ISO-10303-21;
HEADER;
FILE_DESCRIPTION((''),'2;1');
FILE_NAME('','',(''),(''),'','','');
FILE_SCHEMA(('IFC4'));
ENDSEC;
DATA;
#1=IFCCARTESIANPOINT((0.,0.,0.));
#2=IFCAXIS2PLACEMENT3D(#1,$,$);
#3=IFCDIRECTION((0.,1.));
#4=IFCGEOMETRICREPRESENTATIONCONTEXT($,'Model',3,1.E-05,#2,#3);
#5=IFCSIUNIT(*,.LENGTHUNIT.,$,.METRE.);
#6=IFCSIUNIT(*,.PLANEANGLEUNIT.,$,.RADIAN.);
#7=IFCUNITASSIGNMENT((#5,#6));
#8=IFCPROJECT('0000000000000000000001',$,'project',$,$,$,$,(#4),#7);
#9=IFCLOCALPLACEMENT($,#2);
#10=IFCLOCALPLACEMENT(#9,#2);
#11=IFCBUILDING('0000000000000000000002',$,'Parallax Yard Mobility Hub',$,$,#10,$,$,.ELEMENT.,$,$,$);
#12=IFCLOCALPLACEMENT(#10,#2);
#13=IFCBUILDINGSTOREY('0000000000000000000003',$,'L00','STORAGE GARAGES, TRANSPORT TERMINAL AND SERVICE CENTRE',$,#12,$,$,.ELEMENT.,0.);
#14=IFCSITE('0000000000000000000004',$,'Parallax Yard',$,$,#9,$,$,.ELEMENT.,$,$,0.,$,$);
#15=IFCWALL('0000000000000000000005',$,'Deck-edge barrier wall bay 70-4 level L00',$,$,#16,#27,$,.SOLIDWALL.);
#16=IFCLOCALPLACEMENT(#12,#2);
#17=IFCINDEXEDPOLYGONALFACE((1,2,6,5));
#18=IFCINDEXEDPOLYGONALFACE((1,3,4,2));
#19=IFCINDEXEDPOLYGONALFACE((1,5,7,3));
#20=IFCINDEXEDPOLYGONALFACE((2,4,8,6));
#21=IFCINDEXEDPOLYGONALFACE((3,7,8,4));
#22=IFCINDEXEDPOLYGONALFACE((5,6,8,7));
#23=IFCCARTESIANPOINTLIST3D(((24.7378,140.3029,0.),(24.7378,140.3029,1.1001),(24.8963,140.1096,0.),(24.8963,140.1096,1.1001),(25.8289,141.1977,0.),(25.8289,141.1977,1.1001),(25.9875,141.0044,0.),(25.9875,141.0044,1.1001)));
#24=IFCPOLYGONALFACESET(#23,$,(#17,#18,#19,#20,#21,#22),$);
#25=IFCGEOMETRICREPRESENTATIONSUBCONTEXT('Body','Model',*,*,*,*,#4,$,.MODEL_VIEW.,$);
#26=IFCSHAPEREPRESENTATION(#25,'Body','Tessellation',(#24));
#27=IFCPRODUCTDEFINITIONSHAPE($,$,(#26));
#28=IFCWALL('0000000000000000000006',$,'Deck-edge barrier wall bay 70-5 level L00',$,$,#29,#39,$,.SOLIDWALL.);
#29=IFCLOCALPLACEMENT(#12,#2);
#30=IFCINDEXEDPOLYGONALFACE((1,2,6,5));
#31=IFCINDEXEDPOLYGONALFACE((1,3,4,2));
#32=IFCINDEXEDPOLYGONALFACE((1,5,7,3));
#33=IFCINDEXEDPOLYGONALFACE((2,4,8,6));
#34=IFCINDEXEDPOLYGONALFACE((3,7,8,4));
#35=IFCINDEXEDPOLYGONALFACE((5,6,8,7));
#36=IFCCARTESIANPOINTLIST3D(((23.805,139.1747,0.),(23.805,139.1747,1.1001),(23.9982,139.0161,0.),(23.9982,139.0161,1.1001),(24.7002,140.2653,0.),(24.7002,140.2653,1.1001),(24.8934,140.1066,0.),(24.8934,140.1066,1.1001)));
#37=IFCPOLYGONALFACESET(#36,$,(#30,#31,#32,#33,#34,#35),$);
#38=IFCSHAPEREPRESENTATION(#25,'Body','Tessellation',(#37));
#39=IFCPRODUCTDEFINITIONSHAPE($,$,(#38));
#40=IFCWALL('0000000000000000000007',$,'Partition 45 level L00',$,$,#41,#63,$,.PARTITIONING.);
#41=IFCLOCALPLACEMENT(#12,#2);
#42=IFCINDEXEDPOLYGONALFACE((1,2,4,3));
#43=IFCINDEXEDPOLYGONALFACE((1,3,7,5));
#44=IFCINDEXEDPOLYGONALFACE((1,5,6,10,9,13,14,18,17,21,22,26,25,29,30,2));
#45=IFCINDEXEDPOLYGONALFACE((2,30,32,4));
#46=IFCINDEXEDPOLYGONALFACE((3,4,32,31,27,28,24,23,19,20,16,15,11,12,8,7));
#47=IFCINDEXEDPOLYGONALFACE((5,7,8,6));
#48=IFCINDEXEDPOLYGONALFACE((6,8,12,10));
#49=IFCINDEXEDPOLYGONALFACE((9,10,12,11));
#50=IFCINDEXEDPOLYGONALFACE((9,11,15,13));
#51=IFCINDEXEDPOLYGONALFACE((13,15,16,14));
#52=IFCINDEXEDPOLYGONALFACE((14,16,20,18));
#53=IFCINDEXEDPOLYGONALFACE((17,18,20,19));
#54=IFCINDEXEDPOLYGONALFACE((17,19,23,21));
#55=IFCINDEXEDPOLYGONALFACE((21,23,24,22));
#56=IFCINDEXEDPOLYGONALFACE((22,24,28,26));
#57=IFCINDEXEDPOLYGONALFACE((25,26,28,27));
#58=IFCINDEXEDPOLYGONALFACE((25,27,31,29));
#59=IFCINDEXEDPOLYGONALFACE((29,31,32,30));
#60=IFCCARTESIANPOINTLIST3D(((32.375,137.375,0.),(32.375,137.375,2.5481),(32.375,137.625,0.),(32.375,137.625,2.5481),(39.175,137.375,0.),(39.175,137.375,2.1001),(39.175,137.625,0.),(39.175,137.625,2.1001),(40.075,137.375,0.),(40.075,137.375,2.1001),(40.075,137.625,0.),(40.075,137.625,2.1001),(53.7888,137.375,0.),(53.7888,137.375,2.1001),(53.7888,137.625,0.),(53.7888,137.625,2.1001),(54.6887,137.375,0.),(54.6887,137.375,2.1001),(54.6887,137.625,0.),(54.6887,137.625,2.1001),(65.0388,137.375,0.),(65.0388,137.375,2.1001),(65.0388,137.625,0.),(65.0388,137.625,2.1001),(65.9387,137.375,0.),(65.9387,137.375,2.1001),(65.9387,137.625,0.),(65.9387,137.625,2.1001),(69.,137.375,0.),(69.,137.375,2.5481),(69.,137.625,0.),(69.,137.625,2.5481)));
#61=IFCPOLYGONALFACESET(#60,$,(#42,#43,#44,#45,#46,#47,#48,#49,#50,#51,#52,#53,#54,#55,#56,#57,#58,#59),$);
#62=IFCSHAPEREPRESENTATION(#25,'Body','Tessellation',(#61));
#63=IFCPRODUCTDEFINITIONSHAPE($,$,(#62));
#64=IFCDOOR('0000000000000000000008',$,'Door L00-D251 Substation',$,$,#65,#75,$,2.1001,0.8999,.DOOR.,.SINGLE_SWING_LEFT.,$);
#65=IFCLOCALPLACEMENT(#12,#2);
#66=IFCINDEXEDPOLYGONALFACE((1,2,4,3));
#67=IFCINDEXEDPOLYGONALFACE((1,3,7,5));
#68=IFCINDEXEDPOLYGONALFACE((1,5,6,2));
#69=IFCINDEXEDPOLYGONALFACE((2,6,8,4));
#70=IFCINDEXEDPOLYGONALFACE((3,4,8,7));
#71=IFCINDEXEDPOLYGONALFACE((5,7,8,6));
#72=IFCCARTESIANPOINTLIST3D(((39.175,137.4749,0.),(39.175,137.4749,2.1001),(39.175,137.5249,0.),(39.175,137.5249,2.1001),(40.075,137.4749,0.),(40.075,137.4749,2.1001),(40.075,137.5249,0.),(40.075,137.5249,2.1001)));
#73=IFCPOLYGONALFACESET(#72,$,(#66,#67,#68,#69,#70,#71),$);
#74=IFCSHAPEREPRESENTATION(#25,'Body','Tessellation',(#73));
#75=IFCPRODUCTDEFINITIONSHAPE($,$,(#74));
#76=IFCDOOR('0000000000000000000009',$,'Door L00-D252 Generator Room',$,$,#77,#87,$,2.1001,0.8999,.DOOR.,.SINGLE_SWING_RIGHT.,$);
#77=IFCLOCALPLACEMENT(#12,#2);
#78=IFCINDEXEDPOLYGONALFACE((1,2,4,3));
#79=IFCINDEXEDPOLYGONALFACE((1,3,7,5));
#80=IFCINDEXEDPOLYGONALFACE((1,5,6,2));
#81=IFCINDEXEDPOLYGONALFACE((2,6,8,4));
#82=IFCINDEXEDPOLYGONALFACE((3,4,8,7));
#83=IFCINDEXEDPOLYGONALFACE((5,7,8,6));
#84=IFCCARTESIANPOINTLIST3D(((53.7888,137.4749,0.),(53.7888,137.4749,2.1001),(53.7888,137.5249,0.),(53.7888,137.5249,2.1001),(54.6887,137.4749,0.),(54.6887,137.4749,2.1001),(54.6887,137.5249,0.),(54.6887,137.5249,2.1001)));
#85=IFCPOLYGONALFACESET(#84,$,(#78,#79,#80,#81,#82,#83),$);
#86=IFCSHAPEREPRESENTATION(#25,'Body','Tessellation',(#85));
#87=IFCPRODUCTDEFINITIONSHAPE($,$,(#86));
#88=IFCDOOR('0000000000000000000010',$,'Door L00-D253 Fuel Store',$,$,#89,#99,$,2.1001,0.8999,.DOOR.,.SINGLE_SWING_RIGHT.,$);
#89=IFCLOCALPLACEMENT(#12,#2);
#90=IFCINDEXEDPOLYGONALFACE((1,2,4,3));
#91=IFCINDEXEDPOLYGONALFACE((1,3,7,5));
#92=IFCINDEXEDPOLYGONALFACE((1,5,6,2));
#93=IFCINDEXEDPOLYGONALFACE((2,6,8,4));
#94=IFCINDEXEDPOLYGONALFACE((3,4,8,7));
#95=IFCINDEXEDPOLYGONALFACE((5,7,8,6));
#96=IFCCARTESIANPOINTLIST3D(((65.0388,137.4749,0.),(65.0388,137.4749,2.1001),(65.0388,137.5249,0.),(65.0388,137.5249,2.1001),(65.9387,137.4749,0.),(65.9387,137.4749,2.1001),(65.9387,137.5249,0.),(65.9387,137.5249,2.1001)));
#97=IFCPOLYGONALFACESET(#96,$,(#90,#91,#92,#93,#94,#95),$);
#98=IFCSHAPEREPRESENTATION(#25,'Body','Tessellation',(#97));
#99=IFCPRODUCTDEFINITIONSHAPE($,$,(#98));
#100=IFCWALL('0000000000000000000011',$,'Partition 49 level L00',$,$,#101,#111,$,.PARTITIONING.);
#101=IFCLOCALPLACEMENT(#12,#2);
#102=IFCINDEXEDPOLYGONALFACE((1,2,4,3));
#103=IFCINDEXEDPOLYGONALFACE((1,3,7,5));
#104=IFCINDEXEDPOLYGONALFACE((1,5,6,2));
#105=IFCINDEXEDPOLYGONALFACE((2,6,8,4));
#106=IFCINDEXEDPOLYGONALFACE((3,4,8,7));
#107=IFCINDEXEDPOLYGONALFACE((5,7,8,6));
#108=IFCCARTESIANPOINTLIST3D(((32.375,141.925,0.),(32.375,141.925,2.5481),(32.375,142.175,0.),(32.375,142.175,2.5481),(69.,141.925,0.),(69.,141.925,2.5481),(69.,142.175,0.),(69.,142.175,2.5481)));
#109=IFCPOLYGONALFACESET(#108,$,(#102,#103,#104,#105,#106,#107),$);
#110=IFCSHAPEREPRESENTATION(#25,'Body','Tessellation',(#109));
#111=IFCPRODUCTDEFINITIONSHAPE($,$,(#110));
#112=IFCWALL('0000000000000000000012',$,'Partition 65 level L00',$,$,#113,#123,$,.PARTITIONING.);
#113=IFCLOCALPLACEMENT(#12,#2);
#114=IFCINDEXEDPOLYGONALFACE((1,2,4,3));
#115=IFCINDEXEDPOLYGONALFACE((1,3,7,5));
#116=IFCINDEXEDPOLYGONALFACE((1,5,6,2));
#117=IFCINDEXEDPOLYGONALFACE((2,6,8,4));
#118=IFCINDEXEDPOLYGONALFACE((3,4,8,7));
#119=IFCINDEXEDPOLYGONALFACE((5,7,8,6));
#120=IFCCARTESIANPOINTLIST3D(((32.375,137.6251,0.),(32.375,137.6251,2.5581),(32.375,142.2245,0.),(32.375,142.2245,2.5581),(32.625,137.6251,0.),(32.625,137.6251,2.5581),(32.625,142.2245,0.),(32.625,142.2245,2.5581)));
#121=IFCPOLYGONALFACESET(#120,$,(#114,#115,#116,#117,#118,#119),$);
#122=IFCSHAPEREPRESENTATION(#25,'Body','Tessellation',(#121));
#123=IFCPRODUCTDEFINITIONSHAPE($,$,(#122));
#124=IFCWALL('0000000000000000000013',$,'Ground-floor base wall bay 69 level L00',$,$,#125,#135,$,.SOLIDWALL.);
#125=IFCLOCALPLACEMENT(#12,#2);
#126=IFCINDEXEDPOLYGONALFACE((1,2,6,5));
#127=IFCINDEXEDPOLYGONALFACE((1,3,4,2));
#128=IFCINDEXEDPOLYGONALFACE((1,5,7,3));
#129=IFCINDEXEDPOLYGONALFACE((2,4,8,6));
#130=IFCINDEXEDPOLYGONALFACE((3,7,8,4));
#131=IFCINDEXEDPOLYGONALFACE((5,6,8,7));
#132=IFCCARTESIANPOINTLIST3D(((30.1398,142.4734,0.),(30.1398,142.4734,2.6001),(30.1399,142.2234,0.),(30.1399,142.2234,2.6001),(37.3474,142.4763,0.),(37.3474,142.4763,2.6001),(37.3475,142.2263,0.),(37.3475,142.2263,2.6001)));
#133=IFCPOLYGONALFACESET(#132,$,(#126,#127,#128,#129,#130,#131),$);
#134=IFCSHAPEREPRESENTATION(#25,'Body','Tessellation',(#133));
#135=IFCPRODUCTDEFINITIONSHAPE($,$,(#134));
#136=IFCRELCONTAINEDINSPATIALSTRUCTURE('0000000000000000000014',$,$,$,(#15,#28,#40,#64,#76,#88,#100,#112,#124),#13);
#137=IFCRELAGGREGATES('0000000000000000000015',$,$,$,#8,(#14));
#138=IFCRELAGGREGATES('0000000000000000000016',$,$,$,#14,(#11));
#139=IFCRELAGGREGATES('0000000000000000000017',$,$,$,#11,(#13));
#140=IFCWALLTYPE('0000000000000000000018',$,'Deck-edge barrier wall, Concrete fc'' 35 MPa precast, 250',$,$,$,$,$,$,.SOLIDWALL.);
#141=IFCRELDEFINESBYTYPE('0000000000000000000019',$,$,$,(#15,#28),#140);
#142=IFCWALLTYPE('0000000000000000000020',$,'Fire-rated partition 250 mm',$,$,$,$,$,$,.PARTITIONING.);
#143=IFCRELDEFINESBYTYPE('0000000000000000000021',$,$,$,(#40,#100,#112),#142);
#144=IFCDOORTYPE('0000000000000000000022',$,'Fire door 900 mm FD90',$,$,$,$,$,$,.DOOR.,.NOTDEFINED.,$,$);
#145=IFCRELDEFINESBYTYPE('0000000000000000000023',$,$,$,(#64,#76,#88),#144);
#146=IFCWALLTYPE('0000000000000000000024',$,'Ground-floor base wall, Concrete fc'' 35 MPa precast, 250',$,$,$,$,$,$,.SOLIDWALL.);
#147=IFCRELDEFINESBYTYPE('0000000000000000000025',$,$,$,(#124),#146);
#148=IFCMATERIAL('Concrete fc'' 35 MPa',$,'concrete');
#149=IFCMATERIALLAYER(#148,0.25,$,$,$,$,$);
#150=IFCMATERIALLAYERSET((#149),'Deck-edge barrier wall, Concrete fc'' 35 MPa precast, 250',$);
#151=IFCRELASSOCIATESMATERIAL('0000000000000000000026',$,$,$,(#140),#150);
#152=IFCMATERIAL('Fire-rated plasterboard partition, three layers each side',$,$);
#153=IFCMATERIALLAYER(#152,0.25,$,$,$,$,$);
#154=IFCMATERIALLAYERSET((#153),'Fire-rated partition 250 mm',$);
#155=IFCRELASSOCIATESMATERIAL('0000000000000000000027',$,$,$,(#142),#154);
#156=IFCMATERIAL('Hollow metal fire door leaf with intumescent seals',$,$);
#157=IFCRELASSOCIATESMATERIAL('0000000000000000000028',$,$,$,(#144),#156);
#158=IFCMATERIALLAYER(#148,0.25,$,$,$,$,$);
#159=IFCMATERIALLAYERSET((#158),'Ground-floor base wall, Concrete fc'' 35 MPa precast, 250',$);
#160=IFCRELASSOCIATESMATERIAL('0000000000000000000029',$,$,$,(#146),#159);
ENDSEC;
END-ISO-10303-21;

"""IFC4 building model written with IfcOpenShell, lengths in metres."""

from ifc_helpers import new_model, si_unit, direction, frame, frame_2d, origin, place, context, subcontext, project, spatial, rectangle, extrude, material, layer, layer_set, type_object, element, fill, save


model = new_model("IFC4")

# Units and contexts
model_context = context("Model", 3, precision=1e-05, world=origin(), true_north=direction((0.0, 1.0)))
body_context = subcontext(model_context, "Body", "Model", "MODEL_VIEW")
ifc_project = project(units=[si_unit("LENGTHUNIT", "METRE"), si_unit("PLANEANGLEUNIT", "RADIAN")], contexts=[model_context])

# Site, building, storey
site_placement = place(None, origin())
site = spatial("IfcSite", under=ifc_project, at=site_placement, Name="Parallax Yard", CompositionType="ELEMENT", RefElevation=0.0)
building_placement = place(site_placement, origin())
building = spatial("IfcBuilding", under=site, at=building_placement, Name="Parallax Yard Mobility Hub", CompositionType="ELEMENT")
storey_placement = place(building_placement, origin())
storey = spatial("IfcBuildingStorey", under=building, at=storey_placement, Name="L00", Description="STORAGE GARAGES, TRANSPORT TERMINAL AND SERVICE CENTRE", CompositionType="ELEMENT", Elevation=0.0)

# Walls
ifc_material_1 = material(Name="Concrete fc' 35 MPa", Category="concrete")
ifc_layer_1 = layer(ifc_material_1, 0.25)
ifc_layer_set_1 = layer_set([ifc_layer_1], Name="Deck-edge barrier wall, Concrete fc' 35 MPa precast, 250")
wall_type_1 = type_object("IfcWallType", Name="Deck-edge barrier wall, Concrete fc' 35 MPa precast, 250", PredefinedType="SOLIDWALL", material=ifc_layer_set_1)
for number, where, z_axis, x_axis, name in (
    (1, (25.9082, 141.1011, 0.0), (0.0, 0.0, 1.0), (-0.773232, -0.634123, 0.0), "Deck-edge barrier wall bay 70-4 level L00"),
):
    element("IfcWall", number, at=place(storey_placement, frame(where, z_axis=z_axis, x_axis=x_axis)), inside=storey, type_object=wall_type_1, Name=name, PredefinedType="SOLIDWALL", context=body_context, shape_type="SweptSolid", body=[
        extrude(rectangle(XDim=1.4111, YDim=0.25, at=frame_2d((0.7056, 0.0))), origin(), (0.0, 0.0, 1.0), 1.1001),
    ])
wall_1_placement = place(storey_placement, frame((24.7969, 140.186, 0.0), z_axis=(0.0, 0.0, 1.0), x_axis=(-0.6345, -0.772923, 0.0)))
element("IfcWall", 2, at=wall_1_placement, inside=storey, type_object=wall_type_1, Name="Deck-edge barrier wall bay 70-5 level L00", PredefinedType="SOLIDWALL", context=body_context, shape_type="SweptSolid", body=[
    extrude(rectangle(XDim=1.4109, YDim=0.25, at=frame_2d((0.7056, 0.0))), origin(), (0.0, 0.0, 1.0), 1.1001),
])

# Wall, openings, doors
ifc_material_2 = material(Name="Fire-rated plasterboard partition, three layers each side")
ifc_layer_2 = layer(ifc_material_2, 0.25)
ifc_layer_set_2 = layer_set([ifc_layer_2], Name="Fire-rated partition 250 mm")
wall_type_2 = type_object("IfcWallType", Name="Fire-rated partition 250 mm", PredefinedType="PARTITIONING", material=ifc_layer_set_2)
wall_2_placement = place(storey_placement, frame((32.375, 137.5, 0.0), z_axis=(0.0, 0.0, 1.0), x_axis=(1.0, 0.0, 0.0)))
wall_2 = element("IfcWall", 3, at=wall_2_placement, inside=storey, type_object=wall_type_2, Name="Partition 45 level L00", PredefinedType="PARTITIONING", context=body_context, shape_type="SweptSolid", body=[
    extrude(rectangle(XDim=36.625, YDim=0.25, at=frame_2d((18.3125, 0.0))), origin(), (0.0, 0.0, 1.0), 2.5481),
])
opening_1_placement = place(wall_2_placement, frame((6.8, 0.0, 0.0)))
opening_1 = element("IfcOpeningElement", 4, at=opening_1_placement, cuts=wall_2, PredefinedType="OPENING", context=body_context, shape_type="SweptSolid", body=[
    extrude(rectangle(XDim=0.8999, YDim=2.1001, at=frame_2d((0.45, 1.05))), frame((0.0, 0.135, 0.0), z_axis=(0.0, -1.0, 0.0), x_axis=(1.0, 0.0, 0.0)), (0.0, 0.0, 1.0), 0.27),
])
opening_2_placement = place(wall_2_placement, frame((21.4138, 0.0, 0.0)))
opening_2 = element("IfcOpeningElement", 5, at=opening_2_placement, cuts=wall_2, PredefinedType="OPENING", context=body_context, shape_type="SweptSolid", body=[
    extrude(rectangle(XDim=0.8999, YDim=2.1001, at=frame_2d((0.45, 1.05))), frame((0.0, 0.135, 0.0), z_axis=(0.0, -1.0, 0.0), x_axis=(1.0, 0.0, 0.0)), (0.0, 0.0, 1.0), 0.27),
])
opening_3_placement = place(wall_2_placement, frame((32.6638, 0.0, 0.0)))
opening_3 = element("IfcOpeningElement", 6, at=opening_3_placement, cuts=wall_2, PredefinedType="OPENING", context=body_context, shape_type="SweptSolid", body=[
    extrude(rectangle(XDim=0.8999, YDim=2.1001, at=frame_2d((0.45, 1.05))), frame((0.0, 0.135, 0.0), z_axis=(0.0, -1.0, 0.0), x_axis=(1.0, 0.0, 0.0)), (0.0, 0.0, 1.0), 0.27),
])
ifc_material_3 = material(Name="Hollow metal fire door leaf with intumescent seals")
door_type = type_object("IfcDoorType", Name="Fire door 900 mm FD90", OperationType="NOTDEFINED", PredefinedType="DOOR", material=ifc_material_3)
door_1_placement = place(opening_1_placement, origin())
door_1 = element("IfcDoor", 7, at=door_1_placement, inside=storey, type_object=door_type, Name="Door L00-D251 Substation", OperationType="SINGLE_SWING_LEFT", OverallHeight=2.1001, OverallWidth=0.8999, PredefinedType="DOOR", context=body_context, shape_type="SweptSolid", body=[
    extrude(rectangle(XDim=0.8999, YDim=2.1001, at=frame_2d((0.45, 1.05))), frame((0.0, 0.0249, 0.0), z_axis=(0.0, -1.0, 0.0), x_axis=(1.0, 0.0, 0.0)), (0.0, 0.0, 1.0), 0.05),
])
fill(opening_1, door_1)
door_2_placement = place(opening_2_placement, origin())
door_2 = element("IfcDoor", 8, at=door_2_placement, inside=storey, type_object=door_type, Name="Door L00-D252 Generator Room", OperationType="SINGLE_SWING_RIGHT", OverallHeight=2.1001, OverallWidth=0.8999, PredefinedType="DOOR", context=body_context, shape_type="SweptSolid", body=[
    extrude(rectangle(XDim=0.8999, YDim=2.1001, at=frame_2d((0.45, 1.05))), frame((0.0, 0.0249, 0.0), z_axis=(0.0, -1.0, 0.0), x_axis=(1.0, 0.0, 0.0)), (0.0, 0.0, 1.0), 0.05),
])
fill(opening_2, door_2)
door_3_placement = place(opening_3_placement, origin())
door_3 = element("IfcDoor", 9, at=door_3_placement, inside=storey, type_object=door_type, Name="Door L00-D253 Fuel Store", OperationType="SINGLE_SWING_RIGHT", OverallHeight=2.1001, OverallWidth=0.8999, PredefinedType="DOOR", context=body_context, shape_type="SweptSolid", body=[
    extrude(rectangle(XDim=0.8999, YDim=2.1001, at=frame_2d((0.45, 1.05))), frame((0.0, 0.0249, 0.0), z_axis=(0.0, -1.0, 0.0), x_axis=(1.0, 0.0, 0.0)), (0.0, 0.0, 1.0), 0.05),
])
fill(opening_3, door_3)

# Walls
wall_3_placement = place(storey_placement, frame((32.375, 142.05, 0.0), z_axis=(0.0, 0.0, 1.0), x_axis=(1.0, 0.0, 0.0)))
element("IfcWall", 10, at=wall_3_placement, inside=storey, type_object=wall_type_2, Name="Partition 49 level L00", PredefinedType="PARTITIONING", context=body_context, shape_type="SweptSolid", body=[
    extrude(rectangle(XDim=36.625, YDim=0.25, at=frame_2d((18.3125, 0.0))), origin(), (0.0, 0.0, 1.0), 2.5481),
])
wall_4_placement = place(storey_placement, frame((32.5, 137.625, 0.0), z_axis=(0.0, 0.0, 1.0), x_axis=(0.0, 1.0, 0.0)))
element("IfcWall", 11, at=wall_4_placement, inside=storey, type_object=wall_type_2, Name="Partition 65 level L00", PredefinedType="PARTITIONING", context=body_context, shape_type="SweptSolid", body=[
    extrude(rectangle(XDim=4.5994, YDim=0.25, at=frame_2d((2.2998, 0.0))), origin(), (0.0, 0.0, 1.0), 2.5581),
])
ifc_layer_3 = layer(ifc_material_1, 0.25)
ifc_layer_set_3 = layer_set([ifc_layer_3], Name="Ground-floor base wall, Concrete fc' 35 MPa precast, 250")
wall_type_3 = type_object("IfcWallType", Name="Ground-floor base wall, Concrete fc' 35 MPa precast, 250", PredefinedType="SOLIDWALL", material=ifc_layer_set_3)
wall_5_placement = place(storey_placement, frame((37.3474, 142.3513, 0.0), z_axis=(0.0, 0.0, 1.0), x_axis=(-1.0, -0.000406, 0.0)))
element("IfcWall", 12, at=wall_5_placement, inside=storey, type_object=wall_type_3, Name="Ground-floor base wall bay 69 level L00", PredefinedType="SOLIDWALL", context=body_context, shape_type="SweptSolid", body=[
    extrude(rectangle(XDim=7.2075, YDim=0.25, at=frame_2d((3.6038, 0.0))), origin(), (0.0, 0.0, 1.0), 2.6001),
])

save(model, "model.ifc")
